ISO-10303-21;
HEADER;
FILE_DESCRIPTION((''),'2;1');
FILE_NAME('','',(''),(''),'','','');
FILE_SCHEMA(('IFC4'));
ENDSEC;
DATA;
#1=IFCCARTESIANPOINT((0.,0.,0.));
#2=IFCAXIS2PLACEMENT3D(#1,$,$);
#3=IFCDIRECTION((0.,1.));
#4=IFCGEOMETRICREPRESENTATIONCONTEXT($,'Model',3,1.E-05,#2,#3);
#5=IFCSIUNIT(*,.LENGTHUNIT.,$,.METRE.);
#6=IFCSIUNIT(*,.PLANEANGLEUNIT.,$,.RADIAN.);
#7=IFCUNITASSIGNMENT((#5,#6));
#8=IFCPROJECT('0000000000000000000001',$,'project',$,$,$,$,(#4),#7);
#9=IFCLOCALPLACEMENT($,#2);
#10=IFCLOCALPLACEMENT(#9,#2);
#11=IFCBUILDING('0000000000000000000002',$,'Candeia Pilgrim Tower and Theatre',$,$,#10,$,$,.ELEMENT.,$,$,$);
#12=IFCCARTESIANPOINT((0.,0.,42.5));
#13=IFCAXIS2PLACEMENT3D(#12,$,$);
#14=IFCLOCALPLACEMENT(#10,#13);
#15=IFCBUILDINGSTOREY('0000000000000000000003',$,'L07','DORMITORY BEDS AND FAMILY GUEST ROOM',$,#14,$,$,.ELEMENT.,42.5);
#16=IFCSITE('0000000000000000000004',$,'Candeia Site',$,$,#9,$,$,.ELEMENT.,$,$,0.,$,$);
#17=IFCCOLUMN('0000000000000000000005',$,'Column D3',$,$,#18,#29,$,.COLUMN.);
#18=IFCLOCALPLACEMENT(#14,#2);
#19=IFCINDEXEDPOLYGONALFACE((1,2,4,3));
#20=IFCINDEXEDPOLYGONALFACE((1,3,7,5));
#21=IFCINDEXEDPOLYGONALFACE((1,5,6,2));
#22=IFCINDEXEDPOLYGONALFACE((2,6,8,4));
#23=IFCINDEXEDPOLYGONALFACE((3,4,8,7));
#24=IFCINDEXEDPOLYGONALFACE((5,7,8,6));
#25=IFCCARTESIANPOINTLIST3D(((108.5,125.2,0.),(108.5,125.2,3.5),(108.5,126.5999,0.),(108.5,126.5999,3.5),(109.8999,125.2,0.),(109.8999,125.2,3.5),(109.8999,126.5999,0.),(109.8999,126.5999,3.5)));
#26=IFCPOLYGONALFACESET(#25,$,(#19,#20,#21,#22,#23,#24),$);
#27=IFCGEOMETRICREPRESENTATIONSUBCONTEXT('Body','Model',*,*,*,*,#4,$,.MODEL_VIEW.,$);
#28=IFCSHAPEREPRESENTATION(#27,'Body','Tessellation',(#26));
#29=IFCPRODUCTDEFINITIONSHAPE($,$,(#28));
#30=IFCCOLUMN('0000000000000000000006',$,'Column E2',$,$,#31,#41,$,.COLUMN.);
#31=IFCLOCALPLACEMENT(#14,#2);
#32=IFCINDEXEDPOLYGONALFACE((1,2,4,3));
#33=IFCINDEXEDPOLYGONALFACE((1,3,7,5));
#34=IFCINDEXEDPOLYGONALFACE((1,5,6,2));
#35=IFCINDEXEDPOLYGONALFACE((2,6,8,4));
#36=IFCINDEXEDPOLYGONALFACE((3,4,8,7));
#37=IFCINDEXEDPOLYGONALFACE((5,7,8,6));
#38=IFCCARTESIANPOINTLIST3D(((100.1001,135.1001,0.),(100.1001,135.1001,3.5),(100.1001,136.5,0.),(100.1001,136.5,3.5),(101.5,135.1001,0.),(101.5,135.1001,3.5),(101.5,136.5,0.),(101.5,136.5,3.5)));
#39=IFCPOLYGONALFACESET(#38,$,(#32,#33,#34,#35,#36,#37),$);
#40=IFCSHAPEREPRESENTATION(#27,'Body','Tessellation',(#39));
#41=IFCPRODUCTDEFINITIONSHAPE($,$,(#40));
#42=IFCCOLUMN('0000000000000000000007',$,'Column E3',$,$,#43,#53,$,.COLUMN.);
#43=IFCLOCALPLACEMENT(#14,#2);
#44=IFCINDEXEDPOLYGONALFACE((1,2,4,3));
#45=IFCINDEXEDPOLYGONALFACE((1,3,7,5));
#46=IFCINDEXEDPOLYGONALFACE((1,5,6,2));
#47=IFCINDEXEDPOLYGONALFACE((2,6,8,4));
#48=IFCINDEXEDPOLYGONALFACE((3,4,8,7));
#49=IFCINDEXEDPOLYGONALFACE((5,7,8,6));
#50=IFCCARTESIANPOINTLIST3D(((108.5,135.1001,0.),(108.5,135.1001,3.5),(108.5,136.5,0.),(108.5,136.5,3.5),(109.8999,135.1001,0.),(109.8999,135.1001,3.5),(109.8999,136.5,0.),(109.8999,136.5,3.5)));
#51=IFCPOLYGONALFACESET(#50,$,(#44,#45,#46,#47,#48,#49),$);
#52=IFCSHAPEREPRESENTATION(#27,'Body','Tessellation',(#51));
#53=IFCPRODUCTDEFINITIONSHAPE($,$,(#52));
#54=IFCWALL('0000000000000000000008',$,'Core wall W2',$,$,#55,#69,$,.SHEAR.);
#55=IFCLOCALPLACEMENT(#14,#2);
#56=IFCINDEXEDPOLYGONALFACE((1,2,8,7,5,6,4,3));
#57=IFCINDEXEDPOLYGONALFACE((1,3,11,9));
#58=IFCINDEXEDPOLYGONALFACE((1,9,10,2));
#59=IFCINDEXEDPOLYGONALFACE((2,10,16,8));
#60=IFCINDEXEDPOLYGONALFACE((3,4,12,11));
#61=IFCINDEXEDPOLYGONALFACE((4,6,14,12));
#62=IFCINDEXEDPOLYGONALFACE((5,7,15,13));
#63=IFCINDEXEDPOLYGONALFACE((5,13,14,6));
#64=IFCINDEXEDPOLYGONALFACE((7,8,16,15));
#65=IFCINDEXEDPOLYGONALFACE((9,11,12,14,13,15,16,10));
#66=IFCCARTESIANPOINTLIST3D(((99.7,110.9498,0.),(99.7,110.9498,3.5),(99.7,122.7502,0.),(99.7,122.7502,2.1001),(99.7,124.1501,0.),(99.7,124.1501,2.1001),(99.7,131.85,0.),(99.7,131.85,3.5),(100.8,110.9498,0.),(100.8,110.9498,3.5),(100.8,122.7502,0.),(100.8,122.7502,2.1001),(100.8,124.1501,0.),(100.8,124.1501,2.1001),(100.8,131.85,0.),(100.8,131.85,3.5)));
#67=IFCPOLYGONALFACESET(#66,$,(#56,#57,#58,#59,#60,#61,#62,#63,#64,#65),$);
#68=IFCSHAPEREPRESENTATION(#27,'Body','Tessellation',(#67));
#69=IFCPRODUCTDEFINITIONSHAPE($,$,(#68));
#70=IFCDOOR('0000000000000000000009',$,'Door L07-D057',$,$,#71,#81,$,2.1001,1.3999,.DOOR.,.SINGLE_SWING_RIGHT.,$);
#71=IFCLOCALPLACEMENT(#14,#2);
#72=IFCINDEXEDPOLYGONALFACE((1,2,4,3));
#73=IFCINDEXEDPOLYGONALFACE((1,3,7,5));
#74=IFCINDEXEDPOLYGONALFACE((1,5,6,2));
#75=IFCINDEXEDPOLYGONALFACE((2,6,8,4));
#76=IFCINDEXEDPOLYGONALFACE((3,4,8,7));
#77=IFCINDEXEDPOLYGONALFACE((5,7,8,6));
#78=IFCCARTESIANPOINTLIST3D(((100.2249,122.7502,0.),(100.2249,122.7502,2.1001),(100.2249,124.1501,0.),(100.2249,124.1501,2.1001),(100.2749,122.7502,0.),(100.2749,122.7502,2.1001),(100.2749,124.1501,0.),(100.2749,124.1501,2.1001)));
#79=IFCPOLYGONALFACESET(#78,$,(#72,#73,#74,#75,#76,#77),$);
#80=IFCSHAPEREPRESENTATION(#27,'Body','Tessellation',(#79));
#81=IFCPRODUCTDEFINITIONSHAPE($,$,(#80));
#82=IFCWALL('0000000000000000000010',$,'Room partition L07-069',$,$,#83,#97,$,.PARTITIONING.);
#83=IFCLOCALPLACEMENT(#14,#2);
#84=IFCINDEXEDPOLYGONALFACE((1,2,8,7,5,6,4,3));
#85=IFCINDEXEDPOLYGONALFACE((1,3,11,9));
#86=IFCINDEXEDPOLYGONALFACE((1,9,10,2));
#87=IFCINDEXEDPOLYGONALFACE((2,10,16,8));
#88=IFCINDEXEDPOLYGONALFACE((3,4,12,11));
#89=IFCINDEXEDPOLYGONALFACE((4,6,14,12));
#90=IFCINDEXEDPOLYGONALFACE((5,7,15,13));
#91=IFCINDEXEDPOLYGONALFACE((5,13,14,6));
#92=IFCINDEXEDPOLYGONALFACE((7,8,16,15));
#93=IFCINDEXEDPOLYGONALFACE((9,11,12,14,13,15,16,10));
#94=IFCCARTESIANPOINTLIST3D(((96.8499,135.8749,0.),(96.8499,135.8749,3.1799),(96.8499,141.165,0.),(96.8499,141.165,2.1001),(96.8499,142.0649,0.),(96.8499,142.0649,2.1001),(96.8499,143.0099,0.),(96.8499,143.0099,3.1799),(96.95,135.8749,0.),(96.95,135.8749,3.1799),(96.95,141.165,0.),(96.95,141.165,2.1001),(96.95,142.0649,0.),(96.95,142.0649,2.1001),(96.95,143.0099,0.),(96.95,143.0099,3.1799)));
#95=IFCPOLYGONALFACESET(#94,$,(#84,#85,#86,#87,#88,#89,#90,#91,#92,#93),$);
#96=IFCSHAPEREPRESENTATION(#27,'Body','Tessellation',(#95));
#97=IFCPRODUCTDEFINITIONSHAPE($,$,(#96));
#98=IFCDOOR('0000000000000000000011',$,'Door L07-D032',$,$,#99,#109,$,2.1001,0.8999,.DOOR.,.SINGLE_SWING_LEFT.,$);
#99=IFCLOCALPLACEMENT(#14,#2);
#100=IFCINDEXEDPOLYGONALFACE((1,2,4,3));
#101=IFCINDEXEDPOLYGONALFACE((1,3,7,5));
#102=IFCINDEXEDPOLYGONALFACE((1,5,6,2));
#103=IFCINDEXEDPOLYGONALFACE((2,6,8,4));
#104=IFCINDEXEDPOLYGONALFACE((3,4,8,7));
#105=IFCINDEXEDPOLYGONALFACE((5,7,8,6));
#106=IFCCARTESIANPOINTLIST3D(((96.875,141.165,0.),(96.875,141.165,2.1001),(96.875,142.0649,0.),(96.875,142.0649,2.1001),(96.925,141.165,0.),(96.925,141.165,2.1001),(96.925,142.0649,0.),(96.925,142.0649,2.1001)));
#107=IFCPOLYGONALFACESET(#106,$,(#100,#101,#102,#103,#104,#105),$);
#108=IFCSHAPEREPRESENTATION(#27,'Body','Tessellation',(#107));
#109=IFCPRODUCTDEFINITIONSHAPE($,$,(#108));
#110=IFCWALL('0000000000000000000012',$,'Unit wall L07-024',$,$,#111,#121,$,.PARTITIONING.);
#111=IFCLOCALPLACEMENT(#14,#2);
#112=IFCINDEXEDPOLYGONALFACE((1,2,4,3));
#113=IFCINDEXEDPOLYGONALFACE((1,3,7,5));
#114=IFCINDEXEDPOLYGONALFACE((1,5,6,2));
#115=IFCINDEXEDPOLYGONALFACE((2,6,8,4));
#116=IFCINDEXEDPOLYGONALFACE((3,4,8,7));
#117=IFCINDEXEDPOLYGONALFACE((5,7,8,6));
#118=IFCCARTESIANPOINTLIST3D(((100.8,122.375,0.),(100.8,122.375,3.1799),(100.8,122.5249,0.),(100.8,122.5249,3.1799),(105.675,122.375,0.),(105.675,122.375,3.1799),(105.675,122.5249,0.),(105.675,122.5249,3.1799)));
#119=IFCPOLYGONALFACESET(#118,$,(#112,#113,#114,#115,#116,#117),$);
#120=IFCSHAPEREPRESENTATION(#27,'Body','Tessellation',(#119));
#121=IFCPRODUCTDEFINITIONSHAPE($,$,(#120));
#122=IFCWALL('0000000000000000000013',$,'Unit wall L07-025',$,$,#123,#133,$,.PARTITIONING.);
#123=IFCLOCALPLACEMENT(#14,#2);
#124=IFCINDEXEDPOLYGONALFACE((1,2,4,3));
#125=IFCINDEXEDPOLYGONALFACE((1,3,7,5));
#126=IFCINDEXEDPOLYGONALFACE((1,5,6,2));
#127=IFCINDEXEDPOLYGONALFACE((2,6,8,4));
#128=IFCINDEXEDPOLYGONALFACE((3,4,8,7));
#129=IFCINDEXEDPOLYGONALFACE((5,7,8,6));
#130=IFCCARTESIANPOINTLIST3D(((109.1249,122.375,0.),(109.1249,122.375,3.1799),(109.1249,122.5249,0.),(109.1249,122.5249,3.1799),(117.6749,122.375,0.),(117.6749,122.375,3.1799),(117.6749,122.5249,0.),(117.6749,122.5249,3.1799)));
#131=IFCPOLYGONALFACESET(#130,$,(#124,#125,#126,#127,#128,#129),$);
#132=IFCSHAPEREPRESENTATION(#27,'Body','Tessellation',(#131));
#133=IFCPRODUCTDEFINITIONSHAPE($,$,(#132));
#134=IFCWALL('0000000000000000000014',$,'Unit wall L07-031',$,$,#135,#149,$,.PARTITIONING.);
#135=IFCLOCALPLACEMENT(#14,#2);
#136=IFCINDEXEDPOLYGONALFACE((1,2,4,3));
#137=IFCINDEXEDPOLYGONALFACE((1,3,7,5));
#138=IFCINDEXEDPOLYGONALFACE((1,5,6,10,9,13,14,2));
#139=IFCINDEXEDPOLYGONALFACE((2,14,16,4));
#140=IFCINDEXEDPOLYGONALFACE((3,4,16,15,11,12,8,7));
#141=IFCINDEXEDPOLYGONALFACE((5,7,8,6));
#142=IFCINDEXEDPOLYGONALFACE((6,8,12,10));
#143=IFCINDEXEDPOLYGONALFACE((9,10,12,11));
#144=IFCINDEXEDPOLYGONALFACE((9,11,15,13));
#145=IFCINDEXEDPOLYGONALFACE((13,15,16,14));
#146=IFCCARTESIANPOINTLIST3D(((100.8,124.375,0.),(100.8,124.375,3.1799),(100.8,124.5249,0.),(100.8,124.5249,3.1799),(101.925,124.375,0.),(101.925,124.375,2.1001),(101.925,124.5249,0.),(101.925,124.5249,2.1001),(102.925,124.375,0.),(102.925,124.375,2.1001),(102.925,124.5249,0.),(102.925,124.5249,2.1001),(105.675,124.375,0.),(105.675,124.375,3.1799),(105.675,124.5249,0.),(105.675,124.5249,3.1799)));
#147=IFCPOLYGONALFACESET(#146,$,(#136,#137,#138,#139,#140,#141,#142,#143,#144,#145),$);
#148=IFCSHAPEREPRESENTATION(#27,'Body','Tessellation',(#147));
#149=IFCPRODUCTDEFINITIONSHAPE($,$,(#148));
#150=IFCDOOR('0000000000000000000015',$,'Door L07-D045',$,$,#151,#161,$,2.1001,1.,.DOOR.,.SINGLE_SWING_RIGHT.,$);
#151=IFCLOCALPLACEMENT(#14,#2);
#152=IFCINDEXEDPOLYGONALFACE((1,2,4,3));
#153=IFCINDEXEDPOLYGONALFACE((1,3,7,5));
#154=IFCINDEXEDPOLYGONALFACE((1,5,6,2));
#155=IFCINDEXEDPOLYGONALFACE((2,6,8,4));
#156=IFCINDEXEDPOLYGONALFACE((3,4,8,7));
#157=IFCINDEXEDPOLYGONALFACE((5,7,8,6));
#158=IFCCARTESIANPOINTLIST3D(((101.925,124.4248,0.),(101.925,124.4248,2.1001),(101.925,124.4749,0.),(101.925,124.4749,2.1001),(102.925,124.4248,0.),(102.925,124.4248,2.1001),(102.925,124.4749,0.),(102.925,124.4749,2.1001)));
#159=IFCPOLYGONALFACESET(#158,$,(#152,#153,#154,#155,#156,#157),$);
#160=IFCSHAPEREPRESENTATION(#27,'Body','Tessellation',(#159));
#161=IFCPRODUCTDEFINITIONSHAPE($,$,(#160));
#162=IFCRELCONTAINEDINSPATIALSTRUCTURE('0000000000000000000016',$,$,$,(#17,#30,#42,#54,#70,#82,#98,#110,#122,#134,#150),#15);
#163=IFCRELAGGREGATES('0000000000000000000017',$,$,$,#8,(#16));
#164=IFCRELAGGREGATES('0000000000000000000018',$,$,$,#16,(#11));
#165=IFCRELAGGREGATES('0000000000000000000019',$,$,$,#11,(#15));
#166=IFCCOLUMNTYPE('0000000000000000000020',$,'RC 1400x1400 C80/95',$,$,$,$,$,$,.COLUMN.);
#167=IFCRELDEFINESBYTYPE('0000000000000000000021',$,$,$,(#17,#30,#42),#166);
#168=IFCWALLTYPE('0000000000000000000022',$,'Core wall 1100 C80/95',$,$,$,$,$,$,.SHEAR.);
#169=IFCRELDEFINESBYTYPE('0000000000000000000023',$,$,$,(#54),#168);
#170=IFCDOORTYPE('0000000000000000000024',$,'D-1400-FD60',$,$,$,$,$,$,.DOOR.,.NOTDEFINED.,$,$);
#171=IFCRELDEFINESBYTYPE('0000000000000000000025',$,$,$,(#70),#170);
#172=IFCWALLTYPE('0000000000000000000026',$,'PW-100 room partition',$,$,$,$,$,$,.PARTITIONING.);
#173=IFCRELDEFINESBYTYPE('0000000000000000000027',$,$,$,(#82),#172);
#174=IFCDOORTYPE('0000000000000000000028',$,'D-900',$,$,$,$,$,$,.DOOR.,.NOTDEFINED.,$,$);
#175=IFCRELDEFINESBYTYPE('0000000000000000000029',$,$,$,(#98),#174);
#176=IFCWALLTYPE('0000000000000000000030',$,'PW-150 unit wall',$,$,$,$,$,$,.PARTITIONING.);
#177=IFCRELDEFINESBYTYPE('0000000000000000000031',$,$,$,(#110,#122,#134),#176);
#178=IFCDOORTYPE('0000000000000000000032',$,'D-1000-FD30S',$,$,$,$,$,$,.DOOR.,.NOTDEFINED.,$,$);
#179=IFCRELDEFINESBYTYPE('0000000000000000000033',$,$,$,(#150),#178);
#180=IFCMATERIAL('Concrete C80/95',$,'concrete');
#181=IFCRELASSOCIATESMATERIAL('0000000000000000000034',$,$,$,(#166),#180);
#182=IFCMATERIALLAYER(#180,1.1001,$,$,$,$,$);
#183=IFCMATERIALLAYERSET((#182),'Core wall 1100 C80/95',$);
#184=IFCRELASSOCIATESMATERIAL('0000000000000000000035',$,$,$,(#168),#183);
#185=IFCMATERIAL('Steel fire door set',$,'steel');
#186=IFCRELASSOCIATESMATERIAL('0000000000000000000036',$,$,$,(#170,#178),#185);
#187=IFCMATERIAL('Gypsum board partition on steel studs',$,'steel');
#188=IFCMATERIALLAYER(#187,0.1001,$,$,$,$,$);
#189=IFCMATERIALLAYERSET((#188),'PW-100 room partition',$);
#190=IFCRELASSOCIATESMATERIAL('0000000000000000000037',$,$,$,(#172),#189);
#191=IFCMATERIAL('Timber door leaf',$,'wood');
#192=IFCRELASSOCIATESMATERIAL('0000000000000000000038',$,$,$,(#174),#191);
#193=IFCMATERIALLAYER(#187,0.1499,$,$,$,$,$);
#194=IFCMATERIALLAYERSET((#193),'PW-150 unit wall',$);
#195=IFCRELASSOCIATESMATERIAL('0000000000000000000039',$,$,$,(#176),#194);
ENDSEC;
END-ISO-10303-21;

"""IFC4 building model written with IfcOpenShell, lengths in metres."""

from ifc_helpers import new_model, si_unit, direction, frame, frame_2d, origin, origin_2d, place, context, subcontext, project, spatial, rectangle, extrude, material, layer, layer_set, material_profile, profile_set, type_object, element, fill, save


model = new_model("IFC4")

# Units and contexts
model_context = context("Model", 3, precision=1e-05, world=origin(), true_north=direction((0.0, 1.0)))
body_context = subcontext(model_context, "Body", "Model", "MODEL_VIEW")
ifc_project = project(units=[si_unit("LENGTHUNIT", "METRE"), si_unit("PLANEANGLEUNIT", "RADIAN")], contexts=[model_context])

# Site, building, storey
site_placement = place(None, origin())
site = spatial("IfcSite", under=ifc_project, at=site_placement, Name="Candeia Site", CompositionType="ELEMENT", RefElevation=0.0)
building_placement = place(site_placement, origin())
building = spatial("IfcBuilding", under=site, at=building_placement, Name="Candeia Pilgrim Tower and Theatre", CompositionType="ELEMENT")
storey_placement = place(building_placement, frame((0.0, 0.0, 42.5)))
storey = spatial("IfcBuildingStorey", under=building, at=storey_placement, Name="L07", Description="DORMITORY BEDS AND FAMILY GUEST ROOM", CompositionType="ELEMENT", Elevation=42.5)

# Columns
ifc_material_1 = material(Name="Concrete C80/95", Category="concrete")
ifc_material_profile = material_profile(ifc_material_1, rectangle(XDim=1.3999, YDim=1.3999, at=origin_2d()))
ifc_profile_set = profile_set([ifc_material_profile], Name="Concrete C80/95")
column_type = type_object("IfcColumnType", Name="RC 1400x1400 C80/95", PredefinedType="COLUMN", material=ifc_profile_set)
for number, where, z_axis, x_axis, name in (
    (1, (109.2, 125.8999, 0.0), (0.0, 0.0, 1.0), (1.0, 0.0, 0.0), "Column D3"),
    (2, (100.8, 135.8, 0.0), (0.0, 0.0, 1.0), (1.0, 0.0, 0.0), "Column E2"),
    (3, (109.2, 135.8, 0.0), (0.0, 0.0, 1.0), (1.0, 0.0, 0.0), "Column E3"),
):
    element("IfcColumn", number, at=place(storey_placement, frame(where, z_axis=z_axis, x_axis=x_axis)), inside=storey, type_object=column_type, Name=name, PredefinedType="COLUMN", context=body_context, shape_type="SweptSolid", body=[
        extrude(rectangle(XDim=1.3999, YDim=1.3999, at=origin_2d()), origin(), (0.0, 0.0, 1.0), 3.5),
    ])

# Walls, openings, doors
ifc_layer_1 = layer(ifc_material_1, 1.1001)
ifc_layer_set_1 = layer_set([ifc_layer_1], Name="Core wall 1100 C80/95")
wall_type_1 = type_object("IfcWallType", Name="Core wall 1100 C80/95", PredefinedType="SHEAR", material=ifc_layer_set_1)
wall_1_placement = place(storey_placement, frame((100.25, 131.8501, 0.0), z_axis=(0.0, 0.0, 1.0), x_axis=(0.0, -1.0, 0.0)))
wall_1 = element("IfcWall", 4, at=wall_1_placement, inside=storey, type_object=wall_type_1, Name="Core wall W2", PredefinedType="SHEAR", context=body_context, shape_type="SweptSolid", body=[
    extrude(rectangle(XDim=20.9001, YDim=1.1001, at=frame_2d((10.4502, 0.0))), origin(), (0.0, 0.0, 1.0), 3.5),
])
opening_1_placement = place(wall_1_placement, frame((7.7, 0.0, 0.0)))
opening_1 = element("IfcOpeningElement", 5, at=opening_1_placement, cuts=wall_1, PredefinedType="OPENING", context=body_context, shape_type="SweptSolid", body=[
    extrude(rectangle(XDim=1.3999, YDim=2.1001, at=frame_2d((0.7, 1.05))), frame((0.0, 0.5601, 0.0), z_axis=(0.0, -1.0, 0.0), x_axis=(1.0, 0.0, 0.0)), (0.0, 0.0, 1.0), 1.1201),
])
ifc_material_2 = material(Name="Steel fire door set", Category="steel")
door_type_1 = type_object("IfcDoorType", Name="D-1400-FD60", OperationType="NOTDEFINED", PredefinedType="DOOR", material=ifc_material_2)
door_1_placement = place(opening_1_placement, origin())
door_1 = element("IfcDoor", 6, at=door_1_placement, inside=storey, type_object=door_type_1, Name="Door L07-D057", OperationType="SINGLE_SWING_RIGHT", OverallHeight=2.1001, OverallWidth=1.3999, PredefinedType="DOOR", context=body_context, shape_type="SweptSolid", body=[
    extrude(rectangle(XDim=1.3999, YDim=2.1001, at=frame_2d((0.7, 1.05))), frame((0.0, 0.0249, 0.0), z_axis=(0.0, -1.0, 0.0), x_axis=(1.0, 0.0, 0.0)), (0.0, 0.0, 1.0), 0.05),
])
fill(opening_1, door_1)
ifc_material_3 = material(Name="Gypsum board partition on steel studs", Category="steel")
ifc_layer_2 = layer(ifc_material_3, 0.1001)
ifc_layer_set_2 = layer_set([ifc_layer_2], Name="PW-100 room partition")
wall_type_2 = type_object("IfcWallType", Name="PW-100 room partition", PredefinedType="PARTITIONING", material=ifc_layer_set_2)
wall_2_placement = place(storey_placement, frame((96.8999, 135.875, 0.0), z_axis=(0.0, 0.0, 1.0), x_axis=(0.0, 1.0, 0.0)))
wall_2 = element("IfcWall", 7, at=wall_2_placement, inside=storey, type_object=wall_type_2, Name="Room partition L07-069", PredefinedType="PARTITIONING", context=body_context, shape_type="SweptSolid", body=[
    extrude(rectangle(XDim=7.135, YDim=0.1001, at=frame_2d((3.5674, 0.0))), origin(), (0.0, 0.0, 1.0), 3.1799),
])
opening_2_placement = place(wall_2_placement, frame((5.29, 0.0, 0.0)))
opening_2 = element("IfcOpeningElement", 8, at=opening_2_placement, cuts=wall_2, PredefinedType="OPENING", context=body_context, shape_type="SweptSolid", body=[
    extrude(rectangle(XDim=0.8999, YDim=2.1001, at=frame_2d((0.45, 1.05))), frame((0.0, 0.0601, 0.0), z_axis=(0.0, -1.0, 0.0), x_axis=(1.0, 0.0, 0.0)), (0.0, 0.0, 1.0), 0.1201),
])
ifc_material_4 = material(Name="Timber door leaf", Category="wood")
door_type_2 = type_object("IfcDoorType", Name="D-900", OperationType="NOTDEFINED", PredefinedType="DOOR", material=ifc_material_4)
door_2_placement = place(opening_2_placement, origin())
door_2 = element("IfcDoor", 9, at=door_2_placement, inside=storey, type_object=door_type_2, Name="Door L07-D032", OperationType="SINGLE_SWING_LEFT", OverallHeight=2.1001, OverallWidth=0.8999, PredefinedType="DOOR", context=body_context, shape_type="SweptSolid", body=[
    extrude(rectangle(XDim=0.8999, YDim=2.1001, at=frame_2d((0.45, 1.05))), frame((0.0, 0.0249, 0.0), z_axis=(0.0, -1.0, 0.0), x_axis=(1.0, 0.0, 0.0)), (0.0, 0.0, 1.0), 0.05),
])
fill(opening_2, door_2)

# Walls
ifc_layer_3 = layer(ifc_material_3, 0.1499)
ifc_layer_set_3 = layer_set([ifc_layer_3], Name="PW-150 unit wall")
wall_type_3 = type_object("IfcWallType", Name="PW-150 unit wall", PredefinedType="PARTITIONING", material=ifc_layer_set_3)
wall_3_placement = place(storey_placement, frame((100.8, 122.45, 0.0), z_axis=(0.0, 0.0, 1.0), x_axis=(1.0, 0.0, 0.0)))
element("IfcWall", 10, at=wall_3_placement, inside=storey, type_object=wall_type_3, Name="Unit wall L07-024", PredefinedType="PARTITIONING", context=body_context, shape_type="SweptSolid", body=[
    extrude(rectangle(XDim=4.875, YDim=0.1499, at=frame_2d((2.4375, 0.0))), origin(), (0.0, 0.0, 1.0), 3.1799),
])
wall_4_placement = place(storey_placement, frame((109.125, 122.45, 0.0), z_axis=(0.0, 0.0, 1.0), x_axis=(1.0, 0.0, 0.0)))
element("IfcWall", 11, at=wall_4_placement, inside=storey, type_object=wall_type_3, Name="Unit wall L07-025", PredefinedType="PARTITIONING", context=body_context, shape_type="SweptSolid", body=[
    extrude(rectangle(XDim=8.55, YDim=0.1499, at=frame_2d((4.2749, 0.0))), origin(), (0.0, 0.0, 1.0), 3.1799),
])

# Wall, opening, door
wall_5_placement = place(storey_placement, frame((100.8, 124.45, 0.0), z_axis=(0.0, 0.0, 1.0), x_axis=(1.0, 0.0, 0.0)))
wall_5 = element("IfcWall", 12, at=wall_5_placement, inside=storey, type_object=wall_type_3, Name="Unit wall L07-031", PredefinedType="PARTITIONING", context=body_context, shape_type="SweptSolid", body=[
    extrude(rectangle(XDim=4.875, YDim=0.1499, at=frame_2d((2.4375, 0.0))), origin(), (0.0, 0.0, 1.0), 3.1799),
])
opening_3_placement = place(wall_5_placement, frame((1.125, 0.0, 0.0)))
opening_3 = element("IfcOpeningElement", 13, at=opening_3_placement, cuts=wall_5, PredefinedType="OPENING", context=body_context, shape_type="SweptSolid", body=[
    extrude(rectangle(XDim=1.0, YDim=2.1001, at=frame_2d((0.5, 1.05))), frame((0.0, 0.085, 0.0), z_axis=(0.0, -1.0, 0.0), x_axis=(1.0, 0.0, 0.0)), (0.0, 0.0, 1.0), 0.1699),
])
door_type_3 = type_object("IfcDoorType", Name="D-1000-FD30S", OperationType="NOTDEFINED", PredefinedType="DOOR", material=ifc_material_2)
door_3_placement = place(opening_3_placement, origin())
door_3 = element("IfcDoor", 14, at=door_3_placement, inside=storey, type_object=door_type_3, Name="Door L07-D045", OperationType="SINGLE_SWING_RIGHT", OverallHeight=2.1001, OverallWidth=1.0, PredefinedType="DOOR", context=body_context, shape_type="SweptSolid", body=[
    extrude(rectangle(XDim=1.0, YDim=2.1001, at=frame_2d((0.5, 1.05))), frame((0.0, 0.0249, 0.0), z_axis=(0.0, -1.0, 0.0), x_axis=(1.0, 0.0, 0.0)), (0.0, 0.0, 1.0), 0.05),
])
fill(opening_3, door_3)

save(model, "model.ifc")
